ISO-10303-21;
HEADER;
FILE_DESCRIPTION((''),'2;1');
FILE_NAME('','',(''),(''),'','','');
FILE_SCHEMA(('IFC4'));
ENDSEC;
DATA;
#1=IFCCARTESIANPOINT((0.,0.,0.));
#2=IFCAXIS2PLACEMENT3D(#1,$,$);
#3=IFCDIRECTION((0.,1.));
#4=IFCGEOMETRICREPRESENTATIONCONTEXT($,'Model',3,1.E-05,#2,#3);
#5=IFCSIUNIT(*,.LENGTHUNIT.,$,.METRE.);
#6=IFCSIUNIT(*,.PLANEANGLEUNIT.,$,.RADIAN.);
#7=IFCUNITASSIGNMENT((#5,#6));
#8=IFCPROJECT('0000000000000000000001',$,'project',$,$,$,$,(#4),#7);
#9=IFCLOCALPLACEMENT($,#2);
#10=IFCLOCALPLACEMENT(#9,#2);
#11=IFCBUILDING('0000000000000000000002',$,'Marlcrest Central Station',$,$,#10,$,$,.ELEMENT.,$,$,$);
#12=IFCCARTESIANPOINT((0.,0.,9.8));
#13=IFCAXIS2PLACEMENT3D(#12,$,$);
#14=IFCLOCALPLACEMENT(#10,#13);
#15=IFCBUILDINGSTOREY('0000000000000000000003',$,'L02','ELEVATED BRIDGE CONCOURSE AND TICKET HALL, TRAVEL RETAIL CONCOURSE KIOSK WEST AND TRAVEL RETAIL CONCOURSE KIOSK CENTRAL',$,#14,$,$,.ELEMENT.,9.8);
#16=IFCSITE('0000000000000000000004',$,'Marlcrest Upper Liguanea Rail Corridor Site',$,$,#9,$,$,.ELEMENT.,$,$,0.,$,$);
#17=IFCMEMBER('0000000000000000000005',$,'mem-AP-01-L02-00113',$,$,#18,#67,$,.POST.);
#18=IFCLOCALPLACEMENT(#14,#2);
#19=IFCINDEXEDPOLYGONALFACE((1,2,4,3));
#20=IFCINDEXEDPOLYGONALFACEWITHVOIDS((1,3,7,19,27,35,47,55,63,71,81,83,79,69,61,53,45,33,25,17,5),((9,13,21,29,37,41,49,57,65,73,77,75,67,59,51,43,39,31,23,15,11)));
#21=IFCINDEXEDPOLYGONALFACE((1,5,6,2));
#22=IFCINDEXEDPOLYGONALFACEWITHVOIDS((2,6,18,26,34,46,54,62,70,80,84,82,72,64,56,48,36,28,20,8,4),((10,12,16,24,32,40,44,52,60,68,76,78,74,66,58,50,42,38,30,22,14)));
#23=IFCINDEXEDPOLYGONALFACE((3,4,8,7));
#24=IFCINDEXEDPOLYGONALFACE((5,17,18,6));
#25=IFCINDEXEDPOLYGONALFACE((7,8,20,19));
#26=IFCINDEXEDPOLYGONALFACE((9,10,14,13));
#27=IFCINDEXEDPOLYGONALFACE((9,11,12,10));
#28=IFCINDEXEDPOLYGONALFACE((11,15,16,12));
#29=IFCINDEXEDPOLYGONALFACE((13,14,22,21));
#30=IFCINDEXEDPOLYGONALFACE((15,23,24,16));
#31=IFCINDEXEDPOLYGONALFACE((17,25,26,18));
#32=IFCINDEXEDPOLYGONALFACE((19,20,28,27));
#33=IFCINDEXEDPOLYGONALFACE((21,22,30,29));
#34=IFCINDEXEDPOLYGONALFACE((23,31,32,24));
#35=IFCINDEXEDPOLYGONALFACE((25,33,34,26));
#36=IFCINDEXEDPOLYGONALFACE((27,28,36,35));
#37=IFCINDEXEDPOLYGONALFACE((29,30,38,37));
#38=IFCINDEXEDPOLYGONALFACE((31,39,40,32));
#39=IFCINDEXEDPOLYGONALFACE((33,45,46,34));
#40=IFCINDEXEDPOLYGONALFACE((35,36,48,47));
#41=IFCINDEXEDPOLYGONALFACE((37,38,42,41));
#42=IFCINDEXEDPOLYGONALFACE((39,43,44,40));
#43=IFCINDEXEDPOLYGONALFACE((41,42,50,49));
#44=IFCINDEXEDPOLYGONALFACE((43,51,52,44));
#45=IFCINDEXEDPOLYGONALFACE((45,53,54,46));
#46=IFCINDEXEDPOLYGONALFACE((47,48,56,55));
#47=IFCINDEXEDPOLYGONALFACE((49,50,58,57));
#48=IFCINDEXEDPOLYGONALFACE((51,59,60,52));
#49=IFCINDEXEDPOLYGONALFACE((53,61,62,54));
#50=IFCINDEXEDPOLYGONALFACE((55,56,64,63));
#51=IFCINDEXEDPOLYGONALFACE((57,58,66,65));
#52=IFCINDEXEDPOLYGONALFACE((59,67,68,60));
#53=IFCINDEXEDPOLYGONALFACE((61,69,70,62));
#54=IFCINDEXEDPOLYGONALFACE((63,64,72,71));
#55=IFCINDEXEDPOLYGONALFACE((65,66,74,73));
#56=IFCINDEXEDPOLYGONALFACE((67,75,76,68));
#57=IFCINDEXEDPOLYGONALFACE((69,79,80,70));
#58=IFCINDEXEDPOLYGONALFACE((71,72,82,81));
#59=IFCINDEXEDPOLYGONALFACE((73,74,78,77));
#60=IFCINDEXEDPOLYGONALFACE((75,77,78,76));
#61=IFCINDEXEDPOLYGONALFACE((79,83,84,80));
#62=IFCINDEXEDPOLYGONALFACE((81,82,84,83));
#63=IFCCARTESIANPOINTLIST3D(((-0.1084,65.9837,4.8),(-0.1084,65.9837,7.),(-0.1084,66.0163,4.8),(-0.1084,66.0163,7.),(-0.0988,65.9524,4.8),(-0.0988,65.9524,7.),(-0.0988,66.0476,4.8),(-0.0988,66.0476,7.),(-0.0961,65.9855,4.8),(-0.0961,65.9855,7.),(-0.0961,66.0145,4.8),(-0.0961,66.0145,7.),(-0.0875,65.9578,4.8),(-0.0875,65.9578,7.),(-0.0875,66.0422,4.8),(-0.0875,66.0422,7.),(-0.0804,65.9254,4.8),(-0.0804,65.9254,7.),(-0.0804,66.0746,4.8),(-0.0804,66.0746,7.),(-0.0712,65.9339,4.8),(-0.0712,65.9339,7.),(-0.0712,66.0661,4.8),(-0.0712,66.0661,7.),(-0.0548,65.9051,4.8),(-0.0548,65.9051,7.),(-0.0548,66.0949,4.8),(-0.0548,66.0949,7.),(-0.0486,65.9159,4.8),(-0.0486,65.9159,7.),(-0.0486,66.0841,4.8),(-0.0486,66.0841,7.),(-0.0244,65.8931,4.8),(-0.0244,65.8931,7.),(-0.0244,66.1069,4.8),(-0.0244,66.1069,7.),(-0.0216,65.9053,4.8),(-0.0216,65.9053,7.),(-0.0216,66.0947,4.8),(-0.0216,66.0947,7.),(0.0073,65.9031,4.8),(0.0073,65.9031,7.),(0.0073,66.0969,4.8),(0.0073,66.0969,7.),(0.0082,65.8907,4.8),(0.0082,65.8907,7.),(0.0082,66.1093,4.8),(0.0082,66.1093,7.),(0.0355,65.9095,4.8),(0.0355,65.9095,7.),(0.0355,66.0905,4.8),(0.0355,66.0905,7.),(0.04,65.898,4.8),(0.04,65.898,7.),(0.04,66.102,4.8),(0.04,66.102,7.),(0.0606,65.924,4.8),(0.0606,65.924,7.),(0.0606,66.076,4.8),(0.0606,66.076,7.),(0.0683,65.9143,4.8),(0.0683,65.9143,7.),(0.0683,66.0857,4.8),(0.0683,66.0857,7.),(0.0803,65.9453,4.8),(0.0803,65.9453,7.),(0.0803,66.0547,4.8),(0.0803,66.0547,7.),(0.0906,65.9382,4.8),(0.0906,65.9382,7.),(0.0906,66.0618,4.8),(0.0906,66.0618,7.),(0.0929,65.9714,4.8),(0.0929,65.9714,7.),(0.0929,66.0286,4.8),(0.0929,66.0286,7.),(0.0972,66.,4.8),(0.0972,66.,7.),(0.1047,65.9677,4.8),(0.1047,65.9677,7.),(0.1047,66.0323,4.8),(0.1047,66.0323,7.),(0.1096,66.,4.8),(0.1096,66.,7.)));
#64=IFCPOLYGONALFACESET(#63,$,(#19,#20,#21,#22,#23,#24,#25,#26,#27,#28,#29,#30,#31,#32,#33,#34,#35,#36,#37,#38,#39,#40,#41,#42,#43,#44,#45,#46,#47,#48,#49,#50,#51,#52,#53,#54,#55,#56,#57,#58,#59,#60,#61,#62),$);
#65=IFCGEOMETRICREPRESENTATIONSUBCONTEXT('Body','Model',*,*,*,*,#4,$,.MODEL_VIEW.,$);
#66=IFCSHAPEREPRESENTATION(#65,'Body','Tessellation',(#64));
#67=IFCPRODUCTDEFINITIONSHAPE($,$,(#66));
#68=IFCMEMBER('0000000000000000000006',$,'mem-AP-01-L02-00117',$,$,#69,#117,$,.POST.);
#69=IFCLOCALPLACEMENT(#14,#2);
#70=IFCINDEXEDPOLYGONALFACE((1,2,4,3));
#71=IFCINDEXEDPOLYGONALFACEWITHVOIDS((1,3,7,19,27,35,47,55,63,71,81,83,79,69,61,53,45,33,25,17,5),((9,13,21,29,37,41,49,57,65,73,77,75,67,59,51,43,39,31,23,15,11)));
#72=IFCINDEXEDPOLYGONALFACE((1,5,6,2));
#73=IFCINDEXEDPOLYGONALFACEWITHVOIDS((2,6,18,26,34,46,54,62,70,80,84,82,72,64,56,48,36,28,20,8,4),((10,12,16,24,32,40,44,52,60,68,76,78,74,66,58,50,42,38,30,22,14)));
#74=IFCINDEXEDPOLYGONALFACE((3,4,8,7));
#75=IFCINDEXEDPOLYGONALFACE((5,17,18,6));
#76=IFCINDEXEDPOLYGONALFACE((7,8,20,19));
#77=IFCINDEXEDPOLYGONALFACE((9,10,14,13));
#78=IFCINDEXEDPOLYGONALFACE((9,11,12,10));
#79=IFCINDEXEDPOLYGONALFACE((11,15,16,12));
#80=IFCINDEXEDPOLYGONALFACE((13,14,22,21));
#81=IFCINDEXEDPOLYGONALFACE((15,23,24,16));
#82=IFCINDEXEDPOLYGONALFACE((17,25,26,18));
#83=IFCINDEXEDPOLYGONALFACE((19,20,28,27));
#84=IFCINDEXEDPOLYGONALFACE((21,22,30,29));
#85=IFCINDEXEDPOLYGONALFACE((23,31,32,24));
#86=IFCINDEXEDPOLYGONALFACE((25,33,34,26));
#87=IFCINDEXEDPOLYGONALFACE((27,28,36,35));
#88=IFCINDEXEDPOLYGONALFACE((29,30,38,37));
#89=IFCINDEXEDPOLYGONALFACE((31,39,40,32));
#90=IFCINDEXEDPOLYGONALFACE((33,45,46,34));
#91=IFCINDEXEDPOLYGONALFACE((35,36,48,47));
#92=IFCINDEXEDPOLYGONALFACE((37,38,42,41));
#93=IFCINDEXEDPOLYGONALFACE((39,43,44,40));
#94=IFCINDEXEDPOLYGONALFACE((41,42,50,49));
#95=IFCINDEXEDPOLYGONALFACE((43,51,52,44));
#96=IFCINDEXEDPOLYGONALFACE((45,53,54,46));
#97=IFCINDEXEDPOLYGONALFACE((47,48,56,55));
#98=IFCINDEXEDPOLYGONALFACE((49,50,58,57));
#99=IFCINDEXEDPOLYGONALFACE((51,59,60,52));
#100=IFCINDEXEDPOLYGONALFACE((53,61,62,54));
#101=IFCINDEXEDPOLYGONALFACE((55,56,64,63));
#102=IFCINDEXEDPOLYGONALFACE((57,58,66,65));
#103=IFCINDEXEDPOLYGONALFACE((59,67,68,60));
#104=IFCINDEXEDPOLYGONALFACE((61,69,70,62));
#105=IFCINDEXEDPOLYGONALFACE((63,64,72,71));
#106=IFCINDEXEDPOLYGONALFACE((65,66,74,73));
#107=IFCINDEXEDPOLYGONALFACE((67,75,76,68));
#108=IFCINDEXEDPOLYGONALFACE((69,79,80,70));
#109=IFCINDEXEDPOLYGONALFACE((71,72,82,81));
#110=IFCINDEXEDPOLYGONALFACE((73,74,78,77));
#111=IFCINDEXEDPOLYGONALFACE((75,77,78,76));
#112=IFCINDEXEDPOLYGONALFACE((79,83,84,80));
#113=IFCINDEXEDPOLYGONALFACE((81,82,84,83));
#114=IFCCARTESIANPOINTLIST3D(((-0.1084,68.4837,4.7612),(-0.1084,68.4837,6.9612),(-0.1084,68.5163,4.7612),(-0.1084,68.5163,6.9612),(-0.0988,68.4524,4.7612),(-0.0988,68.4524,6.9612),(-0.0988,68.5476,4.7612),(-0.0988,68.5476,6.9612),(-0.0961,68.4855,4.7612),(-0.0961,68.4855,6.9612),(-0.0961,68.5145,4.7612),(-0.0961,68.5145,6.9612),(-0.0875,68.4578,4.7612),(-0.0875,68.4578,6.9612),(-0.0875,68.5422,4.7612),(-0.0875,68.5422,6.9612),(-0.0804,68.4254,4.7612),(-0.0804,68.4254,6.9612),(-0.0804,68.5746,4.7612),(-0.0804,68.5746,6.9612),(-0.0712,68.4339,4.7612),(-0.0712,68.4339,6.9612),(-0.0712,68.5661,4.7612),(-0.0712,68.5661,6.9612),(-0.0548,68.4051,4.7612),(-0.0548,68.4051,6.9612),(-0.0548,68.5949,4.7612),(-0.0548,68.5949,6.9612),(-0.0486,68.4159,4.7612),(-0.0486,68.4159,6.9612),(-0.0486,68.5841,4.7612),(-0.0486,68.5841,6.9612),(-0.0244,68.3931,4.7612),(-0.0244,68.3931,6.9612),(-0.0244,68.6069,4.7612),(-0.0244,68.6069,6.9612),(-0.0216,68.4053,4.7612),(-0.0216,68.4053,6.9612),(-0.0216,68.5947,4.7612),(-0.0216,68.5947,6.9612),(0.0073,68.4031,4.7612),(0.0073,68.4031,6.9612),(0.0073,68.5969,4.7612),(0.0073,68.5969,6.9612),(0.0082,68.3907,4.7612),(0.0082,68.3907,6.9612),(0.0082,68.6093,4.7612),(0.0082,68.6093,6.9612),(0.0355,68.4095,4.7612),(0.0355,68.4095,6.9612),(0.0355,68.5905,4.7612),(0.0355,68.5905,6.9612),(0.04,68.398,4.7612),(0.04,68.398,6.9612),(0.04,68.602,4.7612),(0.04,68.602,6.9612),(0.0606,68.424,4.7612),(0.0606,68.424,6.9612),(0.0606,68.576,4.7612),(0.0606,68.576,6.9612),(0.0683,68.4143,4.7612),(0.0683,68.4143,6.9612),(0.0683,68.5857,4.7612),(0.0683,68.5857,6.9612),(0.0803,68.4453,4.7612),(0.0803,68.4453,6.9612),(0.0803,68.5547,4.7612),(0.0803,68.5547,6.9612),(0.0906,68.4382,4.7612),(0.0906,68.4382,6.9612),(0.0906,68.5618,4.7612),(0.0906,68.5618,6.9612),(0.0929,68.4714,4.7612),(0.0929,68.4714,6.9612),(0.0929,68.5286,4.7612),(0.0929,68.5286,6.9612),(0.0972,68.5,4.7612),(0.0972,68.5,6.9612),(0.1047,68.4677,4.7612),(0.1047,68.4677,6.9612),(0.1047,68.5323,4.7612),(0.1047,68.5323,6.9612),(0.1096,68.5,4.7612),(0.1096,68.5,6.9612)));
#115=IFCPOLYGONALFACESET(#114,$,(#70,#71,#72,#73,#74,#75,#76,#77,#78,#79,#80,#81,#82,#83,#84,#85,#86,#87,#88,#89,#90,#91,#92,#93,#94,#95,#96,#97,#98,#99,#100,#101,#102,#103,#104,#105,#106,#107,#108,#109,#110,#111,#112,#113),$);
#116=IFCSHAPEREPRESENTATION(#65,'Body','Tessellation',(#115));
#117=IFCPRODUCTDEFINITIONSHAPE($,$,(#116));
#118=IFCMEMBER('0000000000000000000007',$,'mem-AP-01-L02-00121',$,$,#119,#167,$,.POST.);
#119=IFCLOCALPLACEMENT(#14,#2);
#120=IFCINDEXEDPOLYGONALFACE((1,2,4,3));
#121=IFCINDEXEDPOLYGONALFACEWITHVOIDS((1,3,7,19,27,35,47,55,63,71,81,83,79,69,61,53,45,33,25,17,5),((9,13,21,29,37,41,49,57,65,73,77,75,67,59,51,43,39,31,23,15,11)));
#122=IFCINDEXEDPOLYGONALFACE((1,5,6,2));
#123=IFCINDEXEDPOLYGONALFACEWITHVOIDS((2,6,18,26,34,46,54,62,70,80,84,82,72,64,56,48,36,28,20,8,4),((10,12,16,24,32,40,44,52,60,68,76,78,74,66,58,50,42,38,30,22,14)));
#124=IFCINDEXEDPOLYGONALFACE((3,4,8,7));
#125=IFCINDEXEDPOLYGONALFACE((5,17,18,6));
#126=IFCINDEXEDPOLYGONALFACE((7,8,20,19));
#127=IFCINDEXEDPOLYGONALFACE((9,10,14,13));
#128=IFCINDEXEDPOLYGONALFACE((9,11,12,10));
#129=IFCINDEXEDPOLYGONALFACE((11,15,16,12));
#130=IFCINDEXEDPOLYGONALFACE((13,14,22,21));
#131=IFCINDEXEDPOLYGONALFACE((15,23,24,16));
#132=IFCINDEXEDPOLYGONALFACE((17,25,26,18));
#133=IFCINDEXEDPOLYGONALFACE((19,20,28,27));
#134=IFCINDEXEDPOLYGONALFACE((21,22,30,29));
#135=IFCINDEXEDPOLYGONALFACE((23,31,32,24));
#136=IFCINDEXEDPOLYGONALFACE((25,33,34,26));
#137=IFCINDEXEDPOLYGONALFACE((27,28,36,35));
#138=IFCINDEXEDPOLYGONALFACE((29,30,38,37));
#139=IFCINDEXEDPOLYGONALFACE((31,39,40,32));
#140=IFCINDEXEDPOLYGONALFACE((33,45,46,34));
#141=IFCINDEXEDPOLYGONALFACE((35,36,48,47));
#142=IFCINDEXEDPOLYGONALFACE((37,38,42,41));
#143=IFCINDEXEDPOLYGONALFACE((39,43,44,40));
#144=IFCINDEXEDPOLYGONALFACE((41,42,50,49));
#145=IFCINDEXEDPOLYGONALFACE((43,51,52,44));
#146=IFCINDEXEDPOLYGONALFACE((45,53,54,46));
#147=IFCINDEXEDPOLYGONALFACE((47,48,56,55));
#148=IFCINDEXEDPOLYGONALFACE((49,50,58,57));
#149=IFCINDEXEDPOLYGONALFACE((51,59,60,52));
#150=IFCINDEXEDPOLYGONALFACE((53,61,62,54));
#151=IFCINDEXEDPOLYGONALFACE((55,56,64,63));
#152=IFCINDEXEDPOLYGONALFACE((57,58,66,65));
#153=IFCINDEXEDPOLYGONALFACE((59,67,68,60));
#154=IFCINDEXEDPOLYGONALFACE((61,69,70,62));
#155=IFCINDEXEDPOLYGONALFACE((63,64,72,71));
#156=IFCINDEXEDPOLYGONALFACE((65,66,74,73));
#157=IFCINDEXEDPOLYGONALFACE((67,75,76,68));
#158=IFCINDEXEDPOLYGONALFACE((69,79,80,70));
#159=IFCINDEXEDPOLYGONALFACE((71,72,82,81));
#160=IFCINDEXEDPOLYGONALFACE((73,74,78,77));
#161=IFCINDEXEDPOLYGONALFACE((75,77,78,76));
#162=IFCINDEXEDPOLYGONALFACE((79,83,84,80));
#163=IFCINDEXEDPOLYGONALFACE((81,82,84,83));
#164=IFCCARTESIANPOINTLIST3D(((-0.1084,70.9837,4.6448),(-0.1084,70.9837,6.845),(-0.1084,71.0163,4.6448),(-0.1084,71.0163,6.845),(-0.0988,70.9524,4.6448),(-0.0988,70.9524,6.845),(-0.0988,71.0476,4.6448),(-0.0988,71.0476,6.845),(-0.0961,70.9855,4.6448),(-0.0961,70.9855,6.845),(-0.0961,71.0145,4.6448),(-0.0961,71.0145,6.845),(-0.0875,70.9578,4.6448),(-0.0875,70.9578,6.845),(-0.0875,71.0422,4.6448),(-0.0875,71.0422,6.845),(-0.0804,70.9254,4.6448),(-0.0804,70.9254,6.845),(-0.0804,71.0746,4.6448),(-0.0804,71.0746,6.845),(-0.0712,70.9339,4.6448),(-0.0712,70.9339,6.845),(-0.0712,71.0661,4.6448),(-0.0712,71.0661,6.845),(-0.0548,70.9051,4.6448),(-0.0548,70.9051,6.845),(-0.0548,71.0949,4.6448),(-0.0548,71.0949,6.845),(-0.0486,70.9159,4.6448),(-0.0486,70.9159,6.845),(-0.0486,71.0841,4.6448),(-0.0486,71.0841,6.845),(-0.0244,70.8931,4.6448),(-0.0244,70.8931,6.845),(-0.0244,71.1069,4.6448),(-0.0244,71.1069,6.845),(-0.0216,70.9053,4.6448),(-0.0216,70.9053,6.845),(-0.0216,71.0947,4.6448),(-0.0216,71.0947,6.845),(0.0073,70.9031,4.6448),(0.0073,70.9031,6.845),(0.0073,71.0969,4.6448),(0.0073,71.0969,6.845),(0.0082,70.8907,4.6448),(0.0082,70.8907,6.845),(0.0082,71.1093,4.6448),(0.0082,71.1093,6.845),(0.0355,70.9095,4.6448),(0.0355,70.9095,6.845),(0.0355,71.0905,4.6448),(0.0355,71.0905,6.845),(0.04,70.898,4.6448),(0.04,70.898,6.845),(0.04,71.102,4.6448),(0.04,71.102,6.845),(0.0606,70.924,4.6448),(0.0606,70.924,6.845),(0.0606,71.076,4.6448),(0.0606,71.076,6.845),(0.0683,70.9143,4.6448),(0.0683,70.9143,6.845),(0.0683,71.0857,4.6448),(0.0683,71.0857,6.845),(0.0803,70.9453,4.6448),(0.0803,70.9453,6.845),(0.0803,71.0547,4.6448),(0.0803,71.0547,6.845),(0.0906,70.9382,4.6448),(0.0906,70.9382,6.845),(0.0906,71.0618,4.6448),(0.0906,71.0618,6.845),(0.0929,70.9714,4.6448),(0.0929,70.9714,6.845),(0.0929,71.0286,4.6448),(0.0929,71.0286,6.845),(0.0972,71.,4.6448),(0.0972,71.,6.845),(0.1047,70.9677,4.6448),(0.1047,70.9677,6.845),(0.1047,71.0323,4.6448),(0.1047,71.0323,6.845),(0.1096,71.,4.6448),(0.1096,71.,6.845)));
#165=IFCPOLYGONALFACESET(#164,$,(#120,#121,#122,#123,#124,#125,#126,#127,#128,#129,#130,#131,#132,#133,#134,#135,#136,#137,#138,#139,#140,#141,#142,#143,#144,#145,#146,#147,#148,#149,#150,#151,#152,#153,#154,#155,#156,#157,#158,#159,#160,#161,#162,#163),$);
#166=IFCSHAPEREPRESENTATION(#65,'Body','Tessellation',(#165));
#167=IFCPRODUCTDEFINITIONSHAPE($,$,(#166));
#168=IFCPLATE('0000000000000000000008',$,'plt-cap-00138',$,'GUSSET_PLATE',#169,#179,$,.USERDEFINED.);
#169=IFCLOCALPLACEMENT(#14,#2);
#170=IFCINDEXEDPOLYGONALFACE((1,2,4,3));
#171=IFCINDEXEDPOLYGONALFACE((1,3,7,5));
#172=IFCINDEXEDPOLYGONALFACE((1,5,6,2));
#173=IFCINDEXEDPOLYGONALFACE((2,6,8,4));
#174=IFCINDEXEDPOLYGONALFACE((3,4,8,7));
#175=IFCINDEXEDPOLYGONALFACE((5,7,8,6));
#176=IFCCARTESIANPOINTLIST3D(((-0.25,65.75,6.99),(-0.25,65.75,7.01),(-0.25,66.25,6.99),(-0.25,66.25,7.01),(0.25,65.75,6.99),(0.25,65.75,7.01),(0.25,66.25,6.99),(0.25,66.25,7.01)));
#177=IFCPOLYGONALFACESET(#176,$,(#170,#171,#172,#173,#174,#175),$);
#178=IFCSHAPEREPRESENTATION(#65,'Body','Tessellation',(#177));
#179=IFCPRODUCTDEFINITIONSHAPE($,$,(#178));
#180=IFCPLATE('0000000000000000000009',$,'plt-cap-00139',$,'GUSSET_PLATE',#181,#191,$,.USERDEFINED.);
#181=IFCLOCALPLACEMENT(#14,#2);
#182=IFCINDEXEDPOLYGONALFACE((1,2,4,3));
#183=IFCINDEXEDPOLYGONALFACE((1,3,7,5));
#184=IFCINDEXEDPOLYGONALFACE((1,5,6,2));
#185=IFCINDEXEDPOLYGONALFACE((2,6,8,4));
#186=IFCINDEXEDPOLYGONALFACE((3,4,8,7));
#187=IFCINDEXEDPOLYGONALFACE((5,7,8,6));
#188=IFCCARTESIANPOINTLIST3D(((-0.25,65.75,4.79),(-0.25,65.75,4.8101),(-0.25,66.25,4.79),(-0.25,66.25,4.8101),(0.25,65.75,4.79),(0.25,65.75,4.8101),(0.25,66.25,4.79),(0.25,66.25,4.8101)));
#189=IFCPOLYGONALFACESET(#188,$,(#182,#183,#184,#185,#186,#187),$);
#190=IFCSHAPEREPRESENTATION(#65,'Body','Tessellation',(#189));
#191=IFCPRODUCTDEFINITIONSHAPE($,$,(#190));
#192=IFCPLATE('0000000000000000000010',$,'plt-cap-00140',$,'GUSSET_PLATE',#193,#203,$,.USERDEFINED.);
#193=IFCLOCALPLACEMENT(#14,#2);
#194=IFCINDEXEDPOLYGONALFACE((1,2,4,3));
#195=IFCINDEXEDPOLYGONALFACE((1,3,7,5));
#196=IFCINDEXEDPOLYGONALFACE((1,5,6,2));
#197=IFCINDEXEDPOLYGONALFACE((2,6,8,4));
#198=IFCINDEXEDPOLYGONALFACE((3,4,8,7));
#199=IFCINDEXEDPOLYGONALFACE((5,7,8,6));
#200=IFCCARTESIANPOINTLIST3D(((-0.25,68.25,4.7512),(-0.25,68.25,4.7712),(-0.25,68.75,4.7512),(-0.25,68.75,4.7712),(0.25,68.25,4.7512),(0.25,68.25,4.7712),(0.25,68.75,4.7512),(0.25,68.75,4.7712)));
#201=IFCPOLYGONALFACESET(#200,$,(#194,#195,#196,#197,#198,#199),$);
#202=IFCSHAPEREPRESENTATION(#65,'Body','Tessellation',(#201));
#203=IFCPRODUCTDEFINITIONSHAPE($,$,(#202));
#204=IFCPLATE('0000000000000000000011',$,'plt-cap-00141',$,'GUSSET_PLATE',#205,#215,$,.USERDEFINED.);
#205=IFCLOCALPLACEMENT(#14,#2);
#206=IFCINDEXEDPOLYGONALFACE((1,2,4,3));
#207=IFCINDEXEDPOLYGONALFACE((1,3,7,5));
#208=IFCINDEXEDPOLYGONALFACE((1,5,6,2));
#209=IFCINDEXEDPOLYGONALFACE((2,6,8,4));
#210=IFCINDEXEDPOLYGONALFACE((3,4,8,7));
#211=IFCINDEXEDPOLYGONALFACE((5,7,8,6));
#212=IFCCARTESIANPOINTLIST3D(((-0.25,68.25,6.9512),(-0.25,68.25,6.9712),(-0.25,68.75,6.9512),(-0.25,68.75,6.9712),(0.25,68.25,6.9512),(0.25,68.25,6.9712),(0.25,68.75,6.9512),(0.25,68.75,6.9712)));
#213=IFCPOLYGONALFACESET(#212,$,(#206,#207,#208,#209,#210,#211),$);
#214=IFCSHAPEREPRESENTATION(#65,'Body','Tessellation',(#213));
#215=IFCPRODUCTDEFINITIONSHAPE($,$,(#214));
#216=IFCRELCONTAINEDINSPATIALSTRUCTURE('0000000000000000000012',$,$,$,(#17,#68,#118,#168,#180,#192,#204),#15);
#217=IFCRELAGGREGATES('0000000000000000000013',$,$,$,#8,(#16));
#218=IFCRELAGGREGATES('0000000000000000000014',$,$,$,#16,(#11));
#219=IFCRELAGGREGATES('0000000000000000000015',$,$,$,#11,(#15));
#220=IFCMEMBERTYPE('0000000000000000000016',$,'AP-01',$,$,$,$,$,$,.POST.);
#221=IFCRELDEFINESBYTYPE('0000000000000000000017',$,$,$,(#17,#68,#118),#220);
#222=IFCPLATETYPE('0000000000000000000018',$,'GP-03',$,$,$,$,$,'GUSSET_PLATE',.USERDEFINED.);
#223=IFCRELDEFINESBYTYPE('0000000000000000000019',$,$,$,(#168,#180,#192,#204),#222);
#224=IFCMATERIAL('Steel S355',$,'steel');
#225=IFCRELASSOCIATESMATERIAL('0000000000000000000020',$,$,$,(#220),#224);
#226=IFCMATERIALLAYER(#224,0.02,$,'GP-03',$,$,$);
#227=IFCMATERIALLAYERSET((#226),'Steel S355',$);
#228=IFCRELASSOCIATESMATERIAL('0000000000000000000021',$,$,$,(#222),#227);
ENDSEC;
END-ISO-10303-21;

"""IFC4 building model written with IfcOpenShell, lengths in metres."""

from ifc_helpers import new_model, si_unit, direction, frame, origin, origin_2d, place, context, subcontext, project, spatial, rectangle, hollow_circle, extrude, material, layer, layer_set, material_profile, profile_set, type_object, element, save


model = new_model("IFC4")

# Units and contexts
model_context = context("Model", 3, precision=1e-05, world=origin(), true_north=direction((0.0, 1.0)))
body_context = subcontext(model_context, "Body", "Model", "MODEL_VIEW")
ifc_project = project(units=[si_unit("LENGTHUNIT", "METRE"), si_unit("PLANEANGLEUNIT", "RADIAN")], contexts=[model_context])

# Site, building, storey
site_placement = place(None, origin())
site = spatial("IfcSite", under=ifc_project, at=site_placement, Name="Marlcrest Upper Liguanea Rail Corridor Site", CompositionType="ELEMENT", RefElevation=0.0)
building_placement = place(site_placement, origin())
building = spatial("IfcBuilding", under=site, at=building_placement, Name="Marlcrest Central Station", CompositionType="ELEMENT")
storey_placement = place(building_placement, frame((0.0, 0.0, 9.8)))
storey = spatial("IfcBuildingStorey", under=building, at=storey_placement, Name="L02", Description="ELEVATED BRIDGE CONCOURSE AND TICKET HALL, TRAVEL RETAIL CONCOURSE KIOSK WEST AND TRAVEL RETAIL CONCOURSE KIOSK CENTRAL", CompositionType="ELEMENT", Elevation=9.8)

# Members
ifc_material = material(Name="Steel S355", Category="steel")
ifc_material_profile_1 = material_profile(ifc_material, hollow_circle(Radius=0.1096, WallThickness=0.0125, at=origin_2d()), Name="CHS 219.1x12.5")
ifc_profile_set_1 = profile_set([ifc_material_profile_1], Name="Steel S355")
member_type_1 = type_object("IfcMemberType", Name="AP-01", PredefinedType="POST", material=ifc_profile_set_1)
for number, where, z_axis, x_axis, name in (
    (1, (0.0, 66.0, 4.8), (0.0, 0.0, 1.0), (1.0, 0.0, 0.0), "mem-AP-01-L02-00113"),
    (2, (0.0, 68.5, 4.7612), (0.0, 0.0, 1.0), (1.0, 0.0, 0.0), "mem-AP-01-L02-00117"),
):
    element("IfcMember", number, at=place(storey_placement, frame(where, z_axis=z_axis, x_axis=x_axis)), inside=storey, type_object=member_type_1, Name=name, PredefinedType="POST", context=body_context, shape_type="SweptSolid", body=[
        extrude(hollow_circle(Radius=0.1096, WallThickness=0.0125, at=origin_2d()), origin(), (0.0, 0.0, 1.0), 2.2),
    ])
member_1_placement = place(storey_placement, frame((0.0, 71.0, 4.6448), z_axis=(0.0, 0.0, 1.0), x_axis=(1.0, 0.0, 0.0)))
element("IfcMember", 3, at=member_1_placement, inside=storey, type_object=member_type_1, Name="mem-AP-01-L02-00121", PredefinedType="POST", context=body_context, shape_type="SweptSolid", body=[
    extrude(hollow_circle(Radius=0.1096, WallThickness=0.0125, at=origin_2d()), origin(), (0.0, 0.0, 1.0), 2.2002),
])

# Plates
ifc_layer = layer(ifc_material, 0.02, Name="GP-03")
ifc_layer_set = layer_set([ifc_layer], Name="Steel S355")
plate_type = type_object("IfcPlateType", Name="GP-03", ElementType="GUSSET_PLATE", PredefinedType="USERDEFINED", material=ifc_layer_set)
for number, where, z_axis, x_axis, name in (
    (4, (0.0, 66.0, 6.99), (0.0, 0.0, 1.0), (1.0, 0.0, 0.0), "plt-cap-00138"),
    (5, (0.0, 66.0, 4.79), (0.0, 0.0, 1.0), (1.0, 0.0, 0.0), "plt-cap-00139"),
    (6, (0.0, 68.5, 4.7512), (0.0, 0.0, 1.0), (1.0, 0.0, 0.0), "plt-cap-00140"),
    (7, (0.0, 68.5, 6.9512), (0.0, 0.0, 1.0), (1.0, 0.0, 0.0), "plt-cap-00141"),
):
    element("IfcPlate", number, at=place(storey_placement, frame(where, z_axis=z_axis, x_axis=x_axis)), inside=storey, type_object=plate_type, Name=name, ObjectType="GUSSET_PLATE", PredefinedType="USERDEFINED", context=body_context, shape_type="SweptSolid", body=[
        extrude(rectangle(XDim=0.5, YDim=0.5, at=origin_2d()), origin(), (0.0, 0.0, 1.0), 0.02),
    ])

save(model, "model.ifc")
